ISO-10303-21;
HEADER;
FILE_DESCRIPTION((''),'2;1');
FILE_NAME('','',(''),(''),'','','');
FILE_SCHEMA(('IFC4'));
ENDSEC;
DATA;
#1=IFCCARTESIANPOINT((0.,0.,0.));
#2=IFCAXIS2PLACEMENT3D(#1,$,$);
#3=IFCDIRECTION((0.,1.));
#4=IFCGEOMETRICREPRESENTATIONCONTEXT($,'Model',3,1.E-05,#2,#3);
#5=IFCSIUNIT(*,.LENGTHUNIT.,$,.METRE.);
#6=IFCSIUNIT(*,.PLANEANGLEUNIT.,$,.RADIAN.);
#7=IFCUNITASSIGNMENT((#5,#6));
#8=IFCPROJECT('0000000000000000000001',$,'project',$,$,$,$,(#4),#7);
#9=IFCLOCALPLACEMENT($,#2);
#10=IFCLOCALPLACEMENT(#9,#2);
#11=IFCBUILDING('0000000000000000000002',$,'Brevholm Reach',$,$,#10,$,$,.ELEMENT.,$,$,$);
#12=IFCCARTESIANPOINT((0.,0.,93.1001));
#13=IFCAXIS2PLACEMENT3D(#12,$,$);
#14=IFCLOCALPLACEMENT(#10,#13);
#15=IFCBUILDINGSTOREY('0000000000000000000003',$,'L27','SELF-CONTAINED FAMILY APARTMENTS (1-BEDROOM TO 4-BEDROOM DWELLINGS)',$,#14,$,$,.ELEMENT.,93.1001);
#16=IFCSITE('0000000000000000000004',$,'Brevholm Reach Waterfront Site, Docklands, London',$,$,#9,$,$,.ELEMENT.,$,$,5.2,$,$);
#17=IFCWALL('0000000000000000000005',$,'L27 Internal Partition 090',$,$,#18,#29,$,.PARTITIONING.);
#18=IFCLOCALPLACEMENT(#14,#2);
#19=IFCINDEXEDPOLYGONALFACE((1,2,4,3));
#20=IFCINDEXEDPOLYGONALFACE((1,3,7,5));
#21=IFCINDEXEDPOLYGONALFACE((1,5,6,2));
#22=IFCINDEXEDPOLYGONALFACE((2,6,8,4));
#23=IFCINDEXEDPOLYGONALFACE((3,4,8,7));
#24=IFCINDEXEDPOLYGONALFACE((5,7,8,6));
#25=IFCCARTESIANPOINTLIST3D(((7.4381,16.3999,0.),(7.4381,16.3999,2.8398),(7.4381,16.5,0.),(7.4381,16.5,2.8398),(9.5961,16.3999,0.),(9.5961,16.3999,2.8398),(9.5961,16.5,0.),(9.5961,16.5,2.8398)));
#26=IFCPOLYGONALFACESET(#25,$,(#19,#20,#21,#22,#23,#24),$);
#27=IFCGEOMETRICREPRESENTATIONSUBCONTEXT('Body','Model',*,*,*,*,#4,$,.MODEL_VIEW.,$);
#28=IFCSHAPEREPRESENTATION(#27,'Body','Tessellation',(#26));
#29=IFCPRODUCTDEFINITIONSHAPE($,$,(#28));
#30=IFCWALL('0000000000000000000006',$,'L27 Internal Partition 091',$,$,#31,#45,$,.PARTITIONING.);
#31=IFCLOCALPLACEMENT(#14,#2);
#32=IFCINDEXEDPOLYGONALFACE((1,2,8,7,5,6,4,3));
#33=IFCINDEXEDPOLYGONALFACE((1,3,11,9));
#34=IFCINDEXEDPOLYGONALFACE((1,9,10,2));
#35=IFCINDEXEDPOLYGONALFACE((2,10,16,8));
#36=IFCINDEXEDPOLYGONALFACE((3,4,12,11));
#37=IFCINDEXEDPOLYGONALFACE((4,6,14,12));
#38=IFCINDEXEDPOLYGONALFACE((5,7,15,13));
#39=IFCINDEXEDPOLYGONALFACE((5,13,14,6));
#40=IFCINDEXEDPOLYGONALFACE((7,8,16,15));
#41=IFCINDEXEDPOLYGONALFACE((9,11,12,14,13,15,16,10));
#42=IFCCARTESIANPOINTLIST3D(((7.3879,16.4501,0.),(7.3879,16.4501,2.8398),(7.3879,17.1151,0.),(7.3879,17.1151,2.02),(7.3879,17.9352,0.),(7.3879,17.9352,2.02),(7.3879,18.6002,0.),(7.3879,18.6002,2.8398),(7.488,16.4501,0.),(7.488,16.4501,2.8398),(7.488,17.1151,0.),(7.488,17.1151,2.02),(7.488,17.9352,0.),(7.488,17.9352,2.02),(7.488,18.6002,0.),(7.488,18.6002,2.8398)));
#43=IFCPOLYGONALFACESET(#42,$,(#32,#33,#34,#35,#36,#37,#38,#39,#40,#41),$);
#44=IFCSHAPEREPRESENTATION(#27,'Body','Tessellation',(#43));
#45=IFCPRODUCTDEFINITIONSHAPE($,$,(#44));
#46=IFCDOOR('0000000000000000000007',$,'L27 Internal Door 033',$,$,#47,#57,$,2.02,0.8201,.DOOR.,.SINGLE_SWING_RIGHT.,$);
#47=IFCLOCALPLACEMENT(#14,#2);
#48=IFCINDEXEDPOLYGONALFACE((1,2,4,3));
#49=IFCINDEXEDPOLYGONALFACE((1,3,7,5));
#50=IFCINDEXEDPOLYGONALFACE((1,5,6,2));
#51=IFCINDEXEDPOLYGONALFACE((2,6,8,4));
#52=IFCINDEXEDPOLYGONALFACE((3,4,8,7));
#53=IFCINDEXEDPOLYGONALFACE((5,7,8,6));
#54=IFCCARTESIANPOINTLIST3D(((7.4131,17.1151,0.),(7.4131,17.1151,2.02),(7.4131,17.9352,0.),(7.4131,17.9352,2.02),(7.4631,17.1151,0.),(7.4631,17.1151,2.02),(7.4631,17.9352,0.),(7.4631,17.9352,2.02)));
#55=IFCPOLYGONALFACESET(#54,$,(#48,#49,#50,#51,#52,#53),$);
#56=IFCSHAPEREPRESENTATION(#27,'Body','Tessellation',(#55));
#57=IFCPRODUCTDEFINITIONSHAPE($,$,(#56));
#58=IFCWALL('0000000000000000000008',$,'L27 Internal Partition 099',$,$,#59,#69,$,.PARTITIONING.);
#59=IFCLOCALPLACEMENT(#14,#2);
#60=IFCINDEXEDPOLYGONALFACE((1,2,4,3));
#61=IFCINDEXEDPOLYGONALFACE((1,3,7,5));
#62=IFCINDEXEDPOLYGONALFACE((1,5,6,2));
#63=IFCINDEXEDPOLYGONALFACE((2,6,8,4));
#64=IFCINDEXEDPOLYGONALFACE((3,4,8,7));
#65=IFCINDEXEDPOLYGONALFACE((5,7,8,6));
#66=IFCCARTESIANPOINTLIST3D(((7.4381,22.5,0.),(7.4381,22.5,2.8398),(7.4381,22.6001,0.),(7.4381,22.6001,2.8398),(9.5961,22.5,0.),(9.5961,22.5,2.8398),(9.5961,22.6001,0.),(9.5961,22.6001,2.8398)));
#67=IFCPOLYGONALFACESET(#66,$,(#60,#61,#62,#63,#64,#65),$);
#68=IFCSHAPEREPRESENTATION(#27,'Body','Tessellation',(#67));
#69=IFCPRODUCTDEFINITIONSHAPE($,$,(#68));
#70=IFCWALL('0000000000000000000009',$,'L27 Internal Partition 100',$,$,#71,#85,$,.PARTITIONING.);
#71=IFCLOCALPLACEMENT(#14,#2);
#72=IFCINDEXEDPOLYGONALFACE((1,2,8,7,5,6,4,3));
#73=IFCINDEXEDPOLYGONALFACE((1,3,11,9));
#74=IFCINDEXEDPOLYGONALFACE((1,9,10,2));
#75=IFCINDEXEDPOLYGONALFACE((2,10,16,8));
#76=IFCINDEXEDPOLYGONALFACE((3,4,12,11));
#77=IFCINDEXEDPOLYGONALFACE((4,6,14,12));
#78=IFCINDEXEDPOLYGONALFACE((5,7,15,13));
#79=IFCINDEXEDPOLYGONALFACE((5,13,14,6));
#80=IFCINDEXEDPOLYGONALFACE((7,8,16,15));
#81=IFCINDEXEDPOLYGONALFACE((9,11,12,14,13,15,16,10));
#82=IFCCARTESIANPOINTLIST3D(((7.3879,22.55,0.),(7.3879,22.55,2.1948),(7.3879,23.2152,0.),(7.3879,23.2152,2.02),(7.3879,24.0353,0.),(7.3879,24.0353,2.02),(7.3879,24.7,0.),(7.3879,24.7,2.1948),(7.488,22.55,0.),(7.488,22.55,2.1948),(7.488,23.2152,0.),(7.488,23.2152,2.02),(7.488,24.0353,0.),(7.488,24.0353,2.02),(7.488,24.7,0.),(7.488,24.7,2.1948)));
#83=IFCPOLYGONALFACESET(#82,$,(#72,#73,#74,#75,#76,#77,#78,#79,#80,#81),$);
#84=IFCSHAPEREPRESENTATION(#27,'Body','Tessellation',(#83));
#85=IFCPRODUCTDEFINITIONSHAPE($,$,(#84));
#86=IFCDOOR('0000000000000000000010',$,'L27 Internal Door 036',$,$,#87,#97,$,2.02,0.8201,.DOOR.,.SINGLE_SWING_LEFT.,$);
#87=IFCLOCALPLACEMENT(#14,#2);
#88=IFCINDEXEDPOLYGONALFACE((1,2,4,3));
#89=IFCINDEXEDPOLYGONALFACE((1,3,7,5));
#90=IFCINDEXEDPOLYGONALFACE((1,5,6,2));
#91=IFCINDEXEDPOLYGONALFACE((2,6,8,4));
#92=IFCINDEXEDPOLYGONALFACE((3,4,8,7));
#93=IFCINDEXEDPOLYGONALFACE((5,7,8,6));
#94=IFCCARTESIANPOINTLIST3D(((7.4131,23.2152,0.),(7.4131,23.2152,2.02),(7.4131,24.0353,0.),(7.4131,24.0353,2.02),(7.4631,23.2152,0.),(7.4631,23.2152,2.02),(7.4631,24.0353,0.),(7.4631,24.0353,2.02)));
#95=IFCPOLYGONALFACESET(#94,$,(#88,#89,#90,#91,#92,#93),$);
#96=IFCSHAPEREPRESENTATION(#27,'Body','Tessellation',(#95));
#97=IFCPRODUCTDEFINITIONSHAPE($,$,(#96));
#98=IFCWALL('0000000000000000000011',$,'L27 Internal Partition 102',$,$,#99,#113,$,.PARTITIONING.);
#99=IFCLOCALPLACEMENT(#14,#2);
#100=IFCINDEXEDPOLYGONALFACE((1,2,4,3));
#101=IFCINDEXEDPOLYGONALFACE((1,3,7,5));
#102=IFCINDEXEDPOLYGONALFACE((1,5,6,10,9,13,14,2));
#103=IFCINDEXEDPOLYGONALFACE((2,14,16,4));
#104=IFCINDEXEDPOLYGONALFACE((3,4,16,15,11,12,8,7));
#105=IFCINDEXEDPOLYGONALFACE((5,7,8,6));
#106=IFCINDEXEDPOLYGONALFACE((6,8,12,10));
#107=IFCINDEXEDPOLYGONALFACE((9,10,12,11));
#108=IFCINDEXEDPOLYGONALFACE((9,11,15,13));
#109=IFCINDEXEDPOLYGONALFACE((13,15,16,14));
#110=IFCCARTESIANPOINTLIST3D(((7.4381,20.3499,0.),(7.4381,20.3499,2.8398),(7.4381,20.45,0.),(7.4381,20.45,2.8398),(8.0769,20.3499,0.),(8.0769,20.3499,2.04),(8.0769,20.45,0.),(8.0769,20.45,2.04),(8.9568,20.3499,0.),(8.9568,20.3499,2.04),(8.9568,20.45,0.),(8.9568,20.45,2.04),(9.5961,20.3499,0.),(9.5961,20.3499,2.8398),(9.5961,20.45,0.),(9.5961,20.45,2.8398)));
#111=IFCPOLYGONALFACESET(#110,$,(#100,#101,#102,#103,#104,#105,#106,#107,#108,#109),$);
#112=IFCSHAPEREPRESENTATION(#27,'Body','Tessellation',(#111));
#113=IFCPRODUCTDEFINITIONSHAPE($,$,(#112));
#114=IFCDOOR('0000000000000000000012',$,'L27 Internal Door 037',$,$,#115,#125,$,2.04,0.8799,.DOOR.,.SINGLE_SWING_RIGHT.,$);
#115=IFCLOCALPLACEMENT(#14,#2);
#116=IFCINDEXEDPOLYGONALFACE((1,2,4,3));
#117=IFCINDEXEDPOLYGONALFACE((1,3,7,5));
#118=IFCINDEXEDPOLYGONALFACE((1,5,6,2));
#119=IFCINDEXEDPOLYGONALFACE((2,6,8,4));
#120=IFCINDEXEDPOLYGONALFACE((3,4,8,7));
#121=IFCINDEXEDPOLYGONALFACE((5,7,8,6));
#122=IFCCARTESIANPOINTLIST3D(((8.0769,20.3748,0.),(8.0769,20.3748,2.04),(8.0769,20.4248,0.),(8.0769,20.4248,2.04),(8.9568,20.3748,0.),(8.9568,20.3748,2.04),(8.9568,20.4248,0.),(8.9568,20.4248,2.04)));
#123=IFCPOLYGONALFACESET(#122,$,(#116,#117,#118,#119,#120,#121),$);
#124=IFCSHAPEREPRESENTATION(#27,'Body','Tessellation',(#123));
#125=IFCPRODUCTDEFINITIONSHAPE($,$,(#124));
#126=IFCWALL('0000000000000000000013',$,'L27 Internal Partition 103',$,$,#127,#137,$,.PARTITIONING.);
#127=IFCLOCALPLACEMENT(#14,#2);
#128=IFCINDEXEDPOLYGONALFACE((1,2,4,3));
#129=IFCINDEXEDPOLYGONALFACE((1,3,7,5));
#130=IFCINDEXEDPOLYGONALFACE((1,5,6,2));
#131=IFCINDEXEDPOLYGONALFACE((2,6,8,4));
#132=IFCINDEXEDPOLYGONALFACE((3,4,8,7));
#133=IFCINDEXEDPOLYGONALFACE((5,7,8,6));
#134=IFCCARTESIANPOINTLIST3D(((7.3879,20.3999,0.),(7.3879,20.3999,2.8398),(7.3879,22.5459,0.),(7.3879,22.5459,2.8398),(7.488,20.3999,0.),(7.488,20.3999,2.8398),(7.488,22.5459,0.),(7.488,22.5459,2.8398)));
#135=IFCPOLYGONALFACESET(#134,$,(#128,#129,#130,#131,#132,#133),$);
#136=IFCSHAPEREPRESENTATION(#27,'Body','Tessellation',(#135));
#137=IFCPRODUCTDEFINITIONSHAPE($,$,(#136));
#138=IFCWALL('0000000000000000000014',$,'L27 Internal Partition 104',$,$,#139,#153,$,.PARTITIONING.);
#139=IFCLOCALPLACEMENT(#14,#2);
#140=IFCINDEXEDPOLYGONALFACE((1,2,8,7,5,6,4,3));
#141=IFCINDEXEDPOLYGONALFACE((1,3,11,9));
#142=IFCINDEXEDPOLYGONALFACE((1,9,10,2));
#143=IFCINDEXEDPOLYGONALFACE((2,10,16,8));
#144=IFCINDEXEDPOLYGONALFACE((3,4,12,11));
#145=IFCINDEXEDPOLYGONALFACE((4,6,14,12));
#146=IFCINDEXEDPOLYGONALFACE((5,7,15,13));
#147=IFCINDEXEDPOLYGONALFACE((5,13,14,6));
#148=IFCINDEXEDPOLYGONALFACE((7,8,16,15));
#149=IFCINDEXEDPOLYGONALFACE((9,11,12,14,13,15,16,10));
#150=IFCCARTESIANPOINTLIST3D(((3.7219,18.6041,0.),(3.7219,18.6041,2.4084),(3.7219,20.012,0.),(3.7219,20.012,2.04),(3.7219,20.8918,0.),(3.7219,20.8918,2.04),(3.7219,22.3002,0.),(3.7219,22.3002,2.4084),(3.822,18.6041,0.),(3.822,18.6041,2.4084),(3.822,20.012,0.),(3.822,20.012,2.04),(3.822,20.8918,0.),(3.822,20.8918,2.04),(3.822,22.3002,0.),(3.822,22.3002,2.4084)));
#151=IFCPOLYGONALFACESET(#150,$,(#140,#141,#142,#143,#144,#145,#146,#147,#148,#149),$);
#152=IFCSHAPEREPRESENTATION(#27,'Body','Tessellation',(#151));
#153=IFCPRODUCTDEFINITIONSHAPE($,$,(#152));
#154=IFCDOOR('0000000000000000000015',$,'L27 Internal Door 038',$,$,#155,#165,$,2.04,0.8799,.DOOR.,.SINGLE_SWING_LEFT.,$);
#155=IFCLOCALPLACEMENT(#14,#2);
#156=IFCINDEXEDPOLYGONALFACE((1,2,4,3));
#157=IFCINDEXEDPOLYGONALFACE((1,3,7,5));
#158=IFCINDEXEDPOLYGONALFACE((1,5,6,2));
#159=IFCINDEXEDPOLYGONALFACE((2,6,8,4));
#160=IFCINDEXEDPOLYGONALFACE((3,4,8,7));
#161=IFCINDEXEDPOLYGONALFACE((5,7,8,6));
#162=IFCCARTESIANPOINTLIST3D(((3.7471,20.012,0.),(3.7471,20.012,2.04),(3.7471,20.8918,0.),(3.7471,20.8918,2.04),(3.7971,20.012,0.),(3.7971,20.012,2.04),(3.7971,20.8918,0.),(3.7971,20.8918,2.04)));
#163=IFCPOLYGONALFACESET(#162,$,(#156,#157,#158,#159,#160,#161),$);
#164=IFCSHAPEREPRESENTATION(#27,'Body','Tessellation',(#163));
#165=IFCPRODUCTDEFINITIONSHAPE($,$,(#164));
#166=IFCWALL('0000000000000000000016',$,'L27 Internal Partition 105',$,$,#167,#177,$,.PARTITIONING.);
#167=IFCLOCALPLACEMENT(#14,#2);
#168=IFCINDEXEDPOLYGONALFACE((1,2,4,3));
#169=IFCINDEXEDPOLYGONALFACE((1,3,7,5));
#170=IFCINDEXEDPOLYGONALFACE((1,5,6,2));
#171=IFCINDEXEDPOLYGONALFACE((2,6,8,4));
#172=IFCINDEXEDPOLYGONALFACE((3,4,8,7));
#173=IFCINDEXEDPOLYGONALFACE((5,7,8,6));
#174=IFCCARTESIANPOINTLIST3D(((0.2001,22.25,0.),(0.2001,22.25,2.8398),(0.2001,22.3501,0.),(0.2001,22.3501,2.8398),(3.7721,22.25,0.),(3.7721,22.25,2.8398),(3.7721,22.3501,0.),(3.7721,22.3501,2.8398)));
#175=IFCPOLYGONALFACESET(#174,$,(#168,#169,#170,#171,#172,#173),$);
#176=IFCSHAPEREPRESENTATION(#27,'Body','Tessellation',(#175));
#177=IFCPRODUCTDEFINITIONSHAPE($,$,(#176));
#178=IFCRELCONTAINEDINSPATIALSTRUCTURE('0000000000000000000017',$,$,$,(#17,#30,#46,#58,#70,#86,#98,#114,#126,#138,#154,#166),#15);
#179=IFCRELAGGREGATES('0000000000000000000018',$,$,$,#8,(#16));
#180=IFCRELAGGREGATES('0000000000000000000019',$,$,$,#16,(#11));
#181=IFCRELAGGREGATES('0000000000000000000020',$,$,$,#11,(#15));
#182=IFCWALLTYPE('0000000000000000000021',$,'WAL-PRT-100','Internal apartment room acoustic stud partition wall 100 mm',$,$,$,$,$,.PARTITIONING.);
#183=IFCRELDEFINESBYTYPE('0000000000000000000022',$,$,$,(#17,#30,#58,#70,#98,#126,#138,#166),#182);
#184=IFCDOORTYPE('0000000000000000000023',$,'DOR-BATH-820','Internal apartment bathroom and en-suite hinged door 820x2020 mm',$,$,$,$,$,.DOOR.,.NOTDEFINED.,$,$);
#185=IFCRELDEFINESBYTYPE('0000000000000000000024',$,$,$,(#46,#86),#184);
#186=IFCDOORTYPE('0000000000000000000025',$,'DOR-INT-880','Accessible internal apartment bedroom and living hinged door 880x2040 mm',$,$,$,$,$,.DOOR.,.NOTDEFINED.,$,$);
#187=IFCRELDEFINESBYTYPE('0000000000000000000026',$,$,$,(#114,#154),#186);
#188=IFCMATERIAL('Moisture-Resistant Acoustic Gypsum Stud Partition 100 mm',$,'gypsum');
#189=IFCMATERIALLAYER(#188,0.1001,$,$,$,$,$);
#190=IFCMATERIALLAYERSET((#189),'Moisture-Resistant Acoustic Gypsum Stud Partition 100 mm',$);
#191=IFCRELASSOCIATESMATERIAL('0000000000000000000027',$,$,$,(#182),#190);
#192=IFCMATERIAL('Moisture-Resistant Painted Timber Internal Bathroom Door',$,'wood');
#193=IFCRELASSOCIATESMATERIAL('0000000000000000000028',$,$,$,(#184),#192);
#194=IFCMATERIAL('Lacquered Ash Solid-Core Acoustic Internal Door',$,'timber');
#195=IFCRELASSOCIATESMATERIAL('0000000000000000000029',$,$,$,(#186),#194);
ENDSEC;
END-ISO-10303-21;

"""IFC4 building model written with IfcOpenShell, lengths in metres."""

from ifc_helpers import new_model, si_unit, direction, frame, frame_2d, origin, place, context, subcontext, project, spatial, rectangle, extrude, material, layer, layer_set, type_object, element, fill, save


model = new_model("IFC4")

# Units and contexts
model_context = context("Model", 3, precision=1e-05, world=origin(), true_north=direction((0.0, 1.0)))
body_context = subcontext(model_context, "Body", "Model", "MODEL_VIEW")
ifc_project = project(units=[si_unit("LENGTHUNIT", "METRE"), si_unit("PLANEANGLEUNIT", "RADIAN")], contexts=[model_context])

# Site, building, storey
site_placement = place(None, origin())
site = spatial("IfcSite", under=ifc_project, at=site_placement, Name="Brevholm Reach Waterfront Site, Docklands, London", CompositionType="ELEMENT", RefElevation=5.2)
building_placement = place(site_placement, origin())
building = spatial("IfcBuilding", under=site, at=building_placement, Name="Brevholm Reach", CompositionType="ELEMENT")
storey_placement = place(building_placement, frame((0.0, 0.0, 93.1001)))
storey = spatial("IfcBuildingStorey", under=building, at=storey_placement, Name="L27", Description="SELF-CONTAINED FAMILY APARTMENTS (1-BEDROOM TO 4-BEDROOM DWELLINGS)", CompositionType="ELEMENT", Elevation=93.1001)

# Wall
ifc_material_1 = material(Name="Moisture-Resistant Acoustic Gypsum Stud Partition 100 mm", Category="gypsum")
ifc_layer_1 = layer(ifc_material_1, 0.1001)
ifc_layer_set_1 = layer_set([ifc_layer_1], Name="Moisture-Resistant Acoustic Gypsum Stud Partition 100 mm")
wall_type_1 = type_object("IfcWallType", Name="WAL-PRT-100", Description="Internal apartment room acoustic stud partition wall 100 mm", PredefinedType="PARTITIONING", material=ifc_layer_set_1)
wall_1_placement = place(storey_placement, frame((7.438, 16.45, 0.0), z_axis=(0.0, 0.0, 1.0), x_axis=(1.0, 0.0, 0.0)))
element("IfcWall", 1, at=wall_1_placement, inside=storey, type_object=wall_type_1, Name="L27 Internal Partition 090", PredefinedType="PARTITIONING", context=body_context, shape_type="SweptSolid", body=[
    extrude(rectangle(XDim=2.158, YDim=0.1001, at=frame_2d((1.0791, 0.0))), origin(), (0.0, 0.0, 1.0), 2.8398),
])

# Wall, opening, door
wall_2_placement = place(storey_placement, frame((7.438, 16.45, 0.0), z_axis=(0.0, 0.0, 1.0), x_axis=(0.0, 1.0, 0.0)))
wall_2 = element("IfcWall", 2, at=wall_2_placement, inside=storey, type_object=wall_type_1, Name="L27 Internal Partition 091", PredefinedType="PARTITIONING", context=body_context, shape_type="SweptSolid", body=[
    extrude(rectangle(XDim=2.1501, YDim=0.1001, at=frame_2d((1.0752, 0.0))), origin(), (0.0, 0.0, 1.0), 2.8398),
])
opening_1_placement = place(wall_2_placement, frame((0.665, 0.0, 0.0)))
opening_1 = element("IfcOpeningElement", 3, at=opening_1_placement, cuts=wall_2, PredefinedType="OPENING", context=body_context, shape_type="SweptSolid", body=[
    extrude(rectangle(XDim=0.8201, YDim=2.02, at=frame_2d((0.4102, 1.01))), frame((0.0, 0.0601, 0.0), z_axis=(0.0, -1.0, 0.0), x_axis=(1.0, 0.0, 0.0)), (0.0, 0.0, 1.0), 0.1201),
])
ifc_material_2 = material(Name="Moisture-Resistant Painted Timber Internal Bathroom Door", Category="wood")
door_type_1 = type_object("IfcDoorType", Name="DOR-BATH-820", Description="Internal apartment bathroom and en-suite hinged door 820x2020 mm", OperationType="NOTDEFINED", PredefinedType="DOOR", material=ifc_material_2)
door_1_placement = place(opening_1_placement, origin())
door_1 = element("IfcDoor", 4, at=door_1_placement, inside=storey, type_object=door_type_1, Name="L27 Internal Door 033", OperationType="SINGLE_SWING_RIGHT", OverallHeight=2.02, OverallWidth=0.8201, PredefinedType="DOOR", context=body_context, shape_type="SweptSolid", body=[
    extrude(rectangle(XDim=0.8201, YDim=2.02, at=frame_2d((0.4102, 1.01))), frame((0.0, 0.0249, 0.0), z_axis=(0.0, -1.0, 0.0), x_axis=(1.0, 0.0, 0.0)), (0.0, 0.0, 1.0), 0.05),
])
fill(opening_1, door_1)

# Wall
wall_3_placement = place(storey_placement, frame((7.438, 22.55, 0.0), z_axis=(0.0, 0.0, 1.0), x_axis=(1.0, 0.0, 0.0)))
element("IfcWall", 5, at=wall_3_placement, inside=storey, type_object=wall_type_1, Name="L27 Internal Partition 099", PredefinedType="PARTITIONING", context=body_context, shape_type="SweptSolid", body=[
    extrude(rectangle(XDim=2.158, YDim=0.1001, at=frame_2d((1.0791, 0.0))), origin(), (0.0, 0.0, 1.0), 2.8398),
])

# Walls, openings, doors
wall_4_placement = place(storey_placement, frame((7.438, 22.55, 0.0), z_axis=(0.0, 0.0, 1.0), x_axis=(0.0, 1.0, 0.0)))
wall_4 = element("IfcWall", 6, at=wall_4_placement, inside=storey, type_object=wall_type_1, Name="L27 Internal Partition 100", PredefinedType="PARTITIONING", context=body_context, shape_type="SweptSolid", body=[
    extrude(rectangle(XDim=2.1499, YDim=0.1001, at=frame_2d((1.075, 0.0))), origin(), (0.0, 0.0, 1.0), 2.1948),
])
opening_2_placement = place(wall_4_placement, frame((0.665, 0.0, 0.0)))
opening_2 = element("IfcOpeningElement", 7, at=opening_2_placement, cuts=wall_4, PredefinedType="OPENING", context=body_context, shape_type="SweptSolid", body=[
    extrude(rectangle(XDim=0.8201, YDim=2.02, at=frame_2d((0.4102, 1.01))), frame((0.0, 0.0601, 0.0), z_axis=(0.0, -1.0, 0.0), x_axis=(1.0, 0.0, 0.0)), (0.0, 0.0, 1.0), 0.1201),
])
door_2_placement = place(opening_2_placement, origin())
door_2 = element("IfcDoor", 8, at=door_2_placement, inside=storey, type_object=door_type_1, Name="L27 Internal Door 036", OperationType="SINGLE_SWING_LEFT", OverallHeight=2.02, OverallWidth=0.8201, PredefinedType="DOOR", context=body_context, shape_type="SweptSolid", body=[
    extrude(rectangle(XDim=0.8201, YDim=2.02, at=frame_2d((0.4102, 1.01))), frame((0.0, 0.0249, 0.0), z_axis=(0.0, -1.0, 0.0), x_axis=(1.0, 0.0, 0.0)), (0.0, 0.0, 1.0), 0.05),
])
fill(opening_2, door_2)
wall_5_placement = place(storey_placement, frame((7.438, 20.3999, 0.0), z_axis=(0.0, 0.0, 1.0), x_axis=(1.0, 0.0, 0.0)))
wall_5 = element("IfcWall", 9, at=wall_5_placement, inside=storey, type_object=wall_type_1, Name="L27 Internal Partition 102", PredefinedType="PARTITIONING", context=body_context, shape_type="SweptSolid", body=[
    extrude(rectangle(XDim=2.158, YDim=0.1001, at=frame_2d((1.0791, 0.0))), origin(), (0.0, 0.0, 1.0), 2.8398),
])
opening_3_placement = place(wall_5_placement, frame((0.6389, 0.0, 0.0)))
opening_3 = element("IfcOpeningElement", 10, at=opening_3_placement, cuts=wall_5, PredefinedType="OPENING", context=body_context, shape_type="SweptSolid", body=[
    extrude(rectangle(XDim=0.8799, YDim=2.04, at=frame_2d((0.4399, 1.02))), frame((0.0, 0.0601, 0.0), z_axis=(0.0, -1.0, 0.0), x_axis=(1.0, 0.0, 0.0)), (0.0, 0.0, 1.0), 0.1201),
])
ifc_material_3 = material(Name="Lacquered Ash Solid-Core Acoustic Internal Door", Category="timber")
door_type_2 = type_object("IfcDoorType", Name="DOR-INT-880", Description="Accessible internal apartment bedroom and living hinged door 880x2040 mm", OperationType="NOTDEFINED", PredefinedType="DOOR", material=ifc_material_3)
door_3_placement = place(opening_3_placement, origin())
door_3 = element("IfcDoor", 11, at=door_3_placement, inside=storey, type_object=door_type_2, Name="L27 Internal Door 037", OperationType="SINGLE_SWING_RIGHT", OverallHeight=2.04, OverallWidth=0.8799, PredefinedType="DOOR", context=body_context, shape_type="SweptSolid", body=[
    extrude(rectangle(XDim=0.8799, YDim=2.04, at=frame_2d((0.4399, 1.02))), frame((0.0, 0.0249, 0.0), z_axis=(0.0, -1.0, 0.0), x_axis=(1.0, 0.0, 0.0)), (0.0, 0.0, 1.0), 0.05),
])
fill(opening_3, door_3)

# Wall
wall_6_placement = place(storey_placement, frame((7.438, 20.3999, 0.0), z_axis=(0.0, 0.0, 1.0), x_axis=(0.0, 1.0, 0.0)))
element("IfcWall", 12, at=wall_6_placement, inside=storey, type_object=wall_type_1, Name="L27 Internal Partition 103", PredefinedType="PARTITIONING", context=body_context, shape_type="SweptSolid", body=[
    extrude(rectangle(XDim=2.146, YDim=0.1001, at=frame_2d((1.073, 0.0))), origin(), (0.0, 0.0, 1.0), 2.8398),
])

# Wall, opening, door
wall_7_placement = place(storey_placement, frame((3.772, 18.604, 0.0), z_axis=(0.0, 0.0, 1.0), x_axis=(0.0, 1.0, 0.0)))
wall_7 = element("IfcWall", 13, at=wall_7_placement, inside=storey, type_object=wall_type_1, Name="L27 Internal Partition 104", PredefinedType="PARTITIONING", context=body_context, shape_type="SweptSolid", body=[
    extrude(rectangle(XDim=3.696, YDim=0.1001, at=frame_2d((1.8481, 0.0))), origin(), (0.0, 0.0, 1.0), 2.4084),
])
opening_4_placement = place(wall_7_placement, frame((1.408, 0.0, 0.0)))
opening_4 = element("IfcOpeningElement", 14, at=opening_4_placement, cuts=wall_7, PredefinedType="OPENING", context=body_context, shape_type="SweptSolid", body=[
    extrude(rectangle(XDim=0.8799, YDim=2.04, at=frame_2d((0.4399, 1.02))), frame((0.0, 0.0601, 0.0), z_axis=(0.0, -1.0, 0.0), x_axis=(1.0, 0.0, 0.0)), (0.0, 0.0, 1.0), 0.1201),
])
door_4_placement = place(opening_4_placement, origin())
door_4 = element("IfcDoor", 15, at=door_4_placement, inside=storey, type_object=door_type_2, Name="L27 Internal Door 038", OperationType="SINGLE_SWING_LEFT", OverallHeight=2.04, OverallWidth=0.8799, PredefinedType="DOOR", context=body_context, shape_type="SweptSolid", body=[
    extrude(rectangle(XDim=0.8799, YDim=2.04, at=frame_2d((0.4399, 1.02))), frame((0.0, 0.0249, 0.0), z_axis=(0.0, -1.0, 0.0), x_axis=(1.0, 0.0, 0.0)), (0.0, 0.0, 1.0), 0.05),
])
fill(opening_4, door_4)

# Wall
wall_8_placement = place(storey_placement, frame((0.2, 22.3, 0.0), z_axis=(0.0, 0.0, 1.0), x_axis=(1.0, 0.0, 0.0)))
element("IfcWall", 16, at=wall_8_placement, inside=storey, type_object=wall_type_1, Name="L27 Internal Partition 105", PredefinedType="PARTITIONING", context=body_context, shape_type="SweptSolid", body=[
    extrude(rectangle(XDim=3.572, YDim=0.1001, at=frame_2d((1.7861, 0.0))), origin(), (0.0, 0.0, 1.0), 2.8398),
])

save(model, "model.ifc")
